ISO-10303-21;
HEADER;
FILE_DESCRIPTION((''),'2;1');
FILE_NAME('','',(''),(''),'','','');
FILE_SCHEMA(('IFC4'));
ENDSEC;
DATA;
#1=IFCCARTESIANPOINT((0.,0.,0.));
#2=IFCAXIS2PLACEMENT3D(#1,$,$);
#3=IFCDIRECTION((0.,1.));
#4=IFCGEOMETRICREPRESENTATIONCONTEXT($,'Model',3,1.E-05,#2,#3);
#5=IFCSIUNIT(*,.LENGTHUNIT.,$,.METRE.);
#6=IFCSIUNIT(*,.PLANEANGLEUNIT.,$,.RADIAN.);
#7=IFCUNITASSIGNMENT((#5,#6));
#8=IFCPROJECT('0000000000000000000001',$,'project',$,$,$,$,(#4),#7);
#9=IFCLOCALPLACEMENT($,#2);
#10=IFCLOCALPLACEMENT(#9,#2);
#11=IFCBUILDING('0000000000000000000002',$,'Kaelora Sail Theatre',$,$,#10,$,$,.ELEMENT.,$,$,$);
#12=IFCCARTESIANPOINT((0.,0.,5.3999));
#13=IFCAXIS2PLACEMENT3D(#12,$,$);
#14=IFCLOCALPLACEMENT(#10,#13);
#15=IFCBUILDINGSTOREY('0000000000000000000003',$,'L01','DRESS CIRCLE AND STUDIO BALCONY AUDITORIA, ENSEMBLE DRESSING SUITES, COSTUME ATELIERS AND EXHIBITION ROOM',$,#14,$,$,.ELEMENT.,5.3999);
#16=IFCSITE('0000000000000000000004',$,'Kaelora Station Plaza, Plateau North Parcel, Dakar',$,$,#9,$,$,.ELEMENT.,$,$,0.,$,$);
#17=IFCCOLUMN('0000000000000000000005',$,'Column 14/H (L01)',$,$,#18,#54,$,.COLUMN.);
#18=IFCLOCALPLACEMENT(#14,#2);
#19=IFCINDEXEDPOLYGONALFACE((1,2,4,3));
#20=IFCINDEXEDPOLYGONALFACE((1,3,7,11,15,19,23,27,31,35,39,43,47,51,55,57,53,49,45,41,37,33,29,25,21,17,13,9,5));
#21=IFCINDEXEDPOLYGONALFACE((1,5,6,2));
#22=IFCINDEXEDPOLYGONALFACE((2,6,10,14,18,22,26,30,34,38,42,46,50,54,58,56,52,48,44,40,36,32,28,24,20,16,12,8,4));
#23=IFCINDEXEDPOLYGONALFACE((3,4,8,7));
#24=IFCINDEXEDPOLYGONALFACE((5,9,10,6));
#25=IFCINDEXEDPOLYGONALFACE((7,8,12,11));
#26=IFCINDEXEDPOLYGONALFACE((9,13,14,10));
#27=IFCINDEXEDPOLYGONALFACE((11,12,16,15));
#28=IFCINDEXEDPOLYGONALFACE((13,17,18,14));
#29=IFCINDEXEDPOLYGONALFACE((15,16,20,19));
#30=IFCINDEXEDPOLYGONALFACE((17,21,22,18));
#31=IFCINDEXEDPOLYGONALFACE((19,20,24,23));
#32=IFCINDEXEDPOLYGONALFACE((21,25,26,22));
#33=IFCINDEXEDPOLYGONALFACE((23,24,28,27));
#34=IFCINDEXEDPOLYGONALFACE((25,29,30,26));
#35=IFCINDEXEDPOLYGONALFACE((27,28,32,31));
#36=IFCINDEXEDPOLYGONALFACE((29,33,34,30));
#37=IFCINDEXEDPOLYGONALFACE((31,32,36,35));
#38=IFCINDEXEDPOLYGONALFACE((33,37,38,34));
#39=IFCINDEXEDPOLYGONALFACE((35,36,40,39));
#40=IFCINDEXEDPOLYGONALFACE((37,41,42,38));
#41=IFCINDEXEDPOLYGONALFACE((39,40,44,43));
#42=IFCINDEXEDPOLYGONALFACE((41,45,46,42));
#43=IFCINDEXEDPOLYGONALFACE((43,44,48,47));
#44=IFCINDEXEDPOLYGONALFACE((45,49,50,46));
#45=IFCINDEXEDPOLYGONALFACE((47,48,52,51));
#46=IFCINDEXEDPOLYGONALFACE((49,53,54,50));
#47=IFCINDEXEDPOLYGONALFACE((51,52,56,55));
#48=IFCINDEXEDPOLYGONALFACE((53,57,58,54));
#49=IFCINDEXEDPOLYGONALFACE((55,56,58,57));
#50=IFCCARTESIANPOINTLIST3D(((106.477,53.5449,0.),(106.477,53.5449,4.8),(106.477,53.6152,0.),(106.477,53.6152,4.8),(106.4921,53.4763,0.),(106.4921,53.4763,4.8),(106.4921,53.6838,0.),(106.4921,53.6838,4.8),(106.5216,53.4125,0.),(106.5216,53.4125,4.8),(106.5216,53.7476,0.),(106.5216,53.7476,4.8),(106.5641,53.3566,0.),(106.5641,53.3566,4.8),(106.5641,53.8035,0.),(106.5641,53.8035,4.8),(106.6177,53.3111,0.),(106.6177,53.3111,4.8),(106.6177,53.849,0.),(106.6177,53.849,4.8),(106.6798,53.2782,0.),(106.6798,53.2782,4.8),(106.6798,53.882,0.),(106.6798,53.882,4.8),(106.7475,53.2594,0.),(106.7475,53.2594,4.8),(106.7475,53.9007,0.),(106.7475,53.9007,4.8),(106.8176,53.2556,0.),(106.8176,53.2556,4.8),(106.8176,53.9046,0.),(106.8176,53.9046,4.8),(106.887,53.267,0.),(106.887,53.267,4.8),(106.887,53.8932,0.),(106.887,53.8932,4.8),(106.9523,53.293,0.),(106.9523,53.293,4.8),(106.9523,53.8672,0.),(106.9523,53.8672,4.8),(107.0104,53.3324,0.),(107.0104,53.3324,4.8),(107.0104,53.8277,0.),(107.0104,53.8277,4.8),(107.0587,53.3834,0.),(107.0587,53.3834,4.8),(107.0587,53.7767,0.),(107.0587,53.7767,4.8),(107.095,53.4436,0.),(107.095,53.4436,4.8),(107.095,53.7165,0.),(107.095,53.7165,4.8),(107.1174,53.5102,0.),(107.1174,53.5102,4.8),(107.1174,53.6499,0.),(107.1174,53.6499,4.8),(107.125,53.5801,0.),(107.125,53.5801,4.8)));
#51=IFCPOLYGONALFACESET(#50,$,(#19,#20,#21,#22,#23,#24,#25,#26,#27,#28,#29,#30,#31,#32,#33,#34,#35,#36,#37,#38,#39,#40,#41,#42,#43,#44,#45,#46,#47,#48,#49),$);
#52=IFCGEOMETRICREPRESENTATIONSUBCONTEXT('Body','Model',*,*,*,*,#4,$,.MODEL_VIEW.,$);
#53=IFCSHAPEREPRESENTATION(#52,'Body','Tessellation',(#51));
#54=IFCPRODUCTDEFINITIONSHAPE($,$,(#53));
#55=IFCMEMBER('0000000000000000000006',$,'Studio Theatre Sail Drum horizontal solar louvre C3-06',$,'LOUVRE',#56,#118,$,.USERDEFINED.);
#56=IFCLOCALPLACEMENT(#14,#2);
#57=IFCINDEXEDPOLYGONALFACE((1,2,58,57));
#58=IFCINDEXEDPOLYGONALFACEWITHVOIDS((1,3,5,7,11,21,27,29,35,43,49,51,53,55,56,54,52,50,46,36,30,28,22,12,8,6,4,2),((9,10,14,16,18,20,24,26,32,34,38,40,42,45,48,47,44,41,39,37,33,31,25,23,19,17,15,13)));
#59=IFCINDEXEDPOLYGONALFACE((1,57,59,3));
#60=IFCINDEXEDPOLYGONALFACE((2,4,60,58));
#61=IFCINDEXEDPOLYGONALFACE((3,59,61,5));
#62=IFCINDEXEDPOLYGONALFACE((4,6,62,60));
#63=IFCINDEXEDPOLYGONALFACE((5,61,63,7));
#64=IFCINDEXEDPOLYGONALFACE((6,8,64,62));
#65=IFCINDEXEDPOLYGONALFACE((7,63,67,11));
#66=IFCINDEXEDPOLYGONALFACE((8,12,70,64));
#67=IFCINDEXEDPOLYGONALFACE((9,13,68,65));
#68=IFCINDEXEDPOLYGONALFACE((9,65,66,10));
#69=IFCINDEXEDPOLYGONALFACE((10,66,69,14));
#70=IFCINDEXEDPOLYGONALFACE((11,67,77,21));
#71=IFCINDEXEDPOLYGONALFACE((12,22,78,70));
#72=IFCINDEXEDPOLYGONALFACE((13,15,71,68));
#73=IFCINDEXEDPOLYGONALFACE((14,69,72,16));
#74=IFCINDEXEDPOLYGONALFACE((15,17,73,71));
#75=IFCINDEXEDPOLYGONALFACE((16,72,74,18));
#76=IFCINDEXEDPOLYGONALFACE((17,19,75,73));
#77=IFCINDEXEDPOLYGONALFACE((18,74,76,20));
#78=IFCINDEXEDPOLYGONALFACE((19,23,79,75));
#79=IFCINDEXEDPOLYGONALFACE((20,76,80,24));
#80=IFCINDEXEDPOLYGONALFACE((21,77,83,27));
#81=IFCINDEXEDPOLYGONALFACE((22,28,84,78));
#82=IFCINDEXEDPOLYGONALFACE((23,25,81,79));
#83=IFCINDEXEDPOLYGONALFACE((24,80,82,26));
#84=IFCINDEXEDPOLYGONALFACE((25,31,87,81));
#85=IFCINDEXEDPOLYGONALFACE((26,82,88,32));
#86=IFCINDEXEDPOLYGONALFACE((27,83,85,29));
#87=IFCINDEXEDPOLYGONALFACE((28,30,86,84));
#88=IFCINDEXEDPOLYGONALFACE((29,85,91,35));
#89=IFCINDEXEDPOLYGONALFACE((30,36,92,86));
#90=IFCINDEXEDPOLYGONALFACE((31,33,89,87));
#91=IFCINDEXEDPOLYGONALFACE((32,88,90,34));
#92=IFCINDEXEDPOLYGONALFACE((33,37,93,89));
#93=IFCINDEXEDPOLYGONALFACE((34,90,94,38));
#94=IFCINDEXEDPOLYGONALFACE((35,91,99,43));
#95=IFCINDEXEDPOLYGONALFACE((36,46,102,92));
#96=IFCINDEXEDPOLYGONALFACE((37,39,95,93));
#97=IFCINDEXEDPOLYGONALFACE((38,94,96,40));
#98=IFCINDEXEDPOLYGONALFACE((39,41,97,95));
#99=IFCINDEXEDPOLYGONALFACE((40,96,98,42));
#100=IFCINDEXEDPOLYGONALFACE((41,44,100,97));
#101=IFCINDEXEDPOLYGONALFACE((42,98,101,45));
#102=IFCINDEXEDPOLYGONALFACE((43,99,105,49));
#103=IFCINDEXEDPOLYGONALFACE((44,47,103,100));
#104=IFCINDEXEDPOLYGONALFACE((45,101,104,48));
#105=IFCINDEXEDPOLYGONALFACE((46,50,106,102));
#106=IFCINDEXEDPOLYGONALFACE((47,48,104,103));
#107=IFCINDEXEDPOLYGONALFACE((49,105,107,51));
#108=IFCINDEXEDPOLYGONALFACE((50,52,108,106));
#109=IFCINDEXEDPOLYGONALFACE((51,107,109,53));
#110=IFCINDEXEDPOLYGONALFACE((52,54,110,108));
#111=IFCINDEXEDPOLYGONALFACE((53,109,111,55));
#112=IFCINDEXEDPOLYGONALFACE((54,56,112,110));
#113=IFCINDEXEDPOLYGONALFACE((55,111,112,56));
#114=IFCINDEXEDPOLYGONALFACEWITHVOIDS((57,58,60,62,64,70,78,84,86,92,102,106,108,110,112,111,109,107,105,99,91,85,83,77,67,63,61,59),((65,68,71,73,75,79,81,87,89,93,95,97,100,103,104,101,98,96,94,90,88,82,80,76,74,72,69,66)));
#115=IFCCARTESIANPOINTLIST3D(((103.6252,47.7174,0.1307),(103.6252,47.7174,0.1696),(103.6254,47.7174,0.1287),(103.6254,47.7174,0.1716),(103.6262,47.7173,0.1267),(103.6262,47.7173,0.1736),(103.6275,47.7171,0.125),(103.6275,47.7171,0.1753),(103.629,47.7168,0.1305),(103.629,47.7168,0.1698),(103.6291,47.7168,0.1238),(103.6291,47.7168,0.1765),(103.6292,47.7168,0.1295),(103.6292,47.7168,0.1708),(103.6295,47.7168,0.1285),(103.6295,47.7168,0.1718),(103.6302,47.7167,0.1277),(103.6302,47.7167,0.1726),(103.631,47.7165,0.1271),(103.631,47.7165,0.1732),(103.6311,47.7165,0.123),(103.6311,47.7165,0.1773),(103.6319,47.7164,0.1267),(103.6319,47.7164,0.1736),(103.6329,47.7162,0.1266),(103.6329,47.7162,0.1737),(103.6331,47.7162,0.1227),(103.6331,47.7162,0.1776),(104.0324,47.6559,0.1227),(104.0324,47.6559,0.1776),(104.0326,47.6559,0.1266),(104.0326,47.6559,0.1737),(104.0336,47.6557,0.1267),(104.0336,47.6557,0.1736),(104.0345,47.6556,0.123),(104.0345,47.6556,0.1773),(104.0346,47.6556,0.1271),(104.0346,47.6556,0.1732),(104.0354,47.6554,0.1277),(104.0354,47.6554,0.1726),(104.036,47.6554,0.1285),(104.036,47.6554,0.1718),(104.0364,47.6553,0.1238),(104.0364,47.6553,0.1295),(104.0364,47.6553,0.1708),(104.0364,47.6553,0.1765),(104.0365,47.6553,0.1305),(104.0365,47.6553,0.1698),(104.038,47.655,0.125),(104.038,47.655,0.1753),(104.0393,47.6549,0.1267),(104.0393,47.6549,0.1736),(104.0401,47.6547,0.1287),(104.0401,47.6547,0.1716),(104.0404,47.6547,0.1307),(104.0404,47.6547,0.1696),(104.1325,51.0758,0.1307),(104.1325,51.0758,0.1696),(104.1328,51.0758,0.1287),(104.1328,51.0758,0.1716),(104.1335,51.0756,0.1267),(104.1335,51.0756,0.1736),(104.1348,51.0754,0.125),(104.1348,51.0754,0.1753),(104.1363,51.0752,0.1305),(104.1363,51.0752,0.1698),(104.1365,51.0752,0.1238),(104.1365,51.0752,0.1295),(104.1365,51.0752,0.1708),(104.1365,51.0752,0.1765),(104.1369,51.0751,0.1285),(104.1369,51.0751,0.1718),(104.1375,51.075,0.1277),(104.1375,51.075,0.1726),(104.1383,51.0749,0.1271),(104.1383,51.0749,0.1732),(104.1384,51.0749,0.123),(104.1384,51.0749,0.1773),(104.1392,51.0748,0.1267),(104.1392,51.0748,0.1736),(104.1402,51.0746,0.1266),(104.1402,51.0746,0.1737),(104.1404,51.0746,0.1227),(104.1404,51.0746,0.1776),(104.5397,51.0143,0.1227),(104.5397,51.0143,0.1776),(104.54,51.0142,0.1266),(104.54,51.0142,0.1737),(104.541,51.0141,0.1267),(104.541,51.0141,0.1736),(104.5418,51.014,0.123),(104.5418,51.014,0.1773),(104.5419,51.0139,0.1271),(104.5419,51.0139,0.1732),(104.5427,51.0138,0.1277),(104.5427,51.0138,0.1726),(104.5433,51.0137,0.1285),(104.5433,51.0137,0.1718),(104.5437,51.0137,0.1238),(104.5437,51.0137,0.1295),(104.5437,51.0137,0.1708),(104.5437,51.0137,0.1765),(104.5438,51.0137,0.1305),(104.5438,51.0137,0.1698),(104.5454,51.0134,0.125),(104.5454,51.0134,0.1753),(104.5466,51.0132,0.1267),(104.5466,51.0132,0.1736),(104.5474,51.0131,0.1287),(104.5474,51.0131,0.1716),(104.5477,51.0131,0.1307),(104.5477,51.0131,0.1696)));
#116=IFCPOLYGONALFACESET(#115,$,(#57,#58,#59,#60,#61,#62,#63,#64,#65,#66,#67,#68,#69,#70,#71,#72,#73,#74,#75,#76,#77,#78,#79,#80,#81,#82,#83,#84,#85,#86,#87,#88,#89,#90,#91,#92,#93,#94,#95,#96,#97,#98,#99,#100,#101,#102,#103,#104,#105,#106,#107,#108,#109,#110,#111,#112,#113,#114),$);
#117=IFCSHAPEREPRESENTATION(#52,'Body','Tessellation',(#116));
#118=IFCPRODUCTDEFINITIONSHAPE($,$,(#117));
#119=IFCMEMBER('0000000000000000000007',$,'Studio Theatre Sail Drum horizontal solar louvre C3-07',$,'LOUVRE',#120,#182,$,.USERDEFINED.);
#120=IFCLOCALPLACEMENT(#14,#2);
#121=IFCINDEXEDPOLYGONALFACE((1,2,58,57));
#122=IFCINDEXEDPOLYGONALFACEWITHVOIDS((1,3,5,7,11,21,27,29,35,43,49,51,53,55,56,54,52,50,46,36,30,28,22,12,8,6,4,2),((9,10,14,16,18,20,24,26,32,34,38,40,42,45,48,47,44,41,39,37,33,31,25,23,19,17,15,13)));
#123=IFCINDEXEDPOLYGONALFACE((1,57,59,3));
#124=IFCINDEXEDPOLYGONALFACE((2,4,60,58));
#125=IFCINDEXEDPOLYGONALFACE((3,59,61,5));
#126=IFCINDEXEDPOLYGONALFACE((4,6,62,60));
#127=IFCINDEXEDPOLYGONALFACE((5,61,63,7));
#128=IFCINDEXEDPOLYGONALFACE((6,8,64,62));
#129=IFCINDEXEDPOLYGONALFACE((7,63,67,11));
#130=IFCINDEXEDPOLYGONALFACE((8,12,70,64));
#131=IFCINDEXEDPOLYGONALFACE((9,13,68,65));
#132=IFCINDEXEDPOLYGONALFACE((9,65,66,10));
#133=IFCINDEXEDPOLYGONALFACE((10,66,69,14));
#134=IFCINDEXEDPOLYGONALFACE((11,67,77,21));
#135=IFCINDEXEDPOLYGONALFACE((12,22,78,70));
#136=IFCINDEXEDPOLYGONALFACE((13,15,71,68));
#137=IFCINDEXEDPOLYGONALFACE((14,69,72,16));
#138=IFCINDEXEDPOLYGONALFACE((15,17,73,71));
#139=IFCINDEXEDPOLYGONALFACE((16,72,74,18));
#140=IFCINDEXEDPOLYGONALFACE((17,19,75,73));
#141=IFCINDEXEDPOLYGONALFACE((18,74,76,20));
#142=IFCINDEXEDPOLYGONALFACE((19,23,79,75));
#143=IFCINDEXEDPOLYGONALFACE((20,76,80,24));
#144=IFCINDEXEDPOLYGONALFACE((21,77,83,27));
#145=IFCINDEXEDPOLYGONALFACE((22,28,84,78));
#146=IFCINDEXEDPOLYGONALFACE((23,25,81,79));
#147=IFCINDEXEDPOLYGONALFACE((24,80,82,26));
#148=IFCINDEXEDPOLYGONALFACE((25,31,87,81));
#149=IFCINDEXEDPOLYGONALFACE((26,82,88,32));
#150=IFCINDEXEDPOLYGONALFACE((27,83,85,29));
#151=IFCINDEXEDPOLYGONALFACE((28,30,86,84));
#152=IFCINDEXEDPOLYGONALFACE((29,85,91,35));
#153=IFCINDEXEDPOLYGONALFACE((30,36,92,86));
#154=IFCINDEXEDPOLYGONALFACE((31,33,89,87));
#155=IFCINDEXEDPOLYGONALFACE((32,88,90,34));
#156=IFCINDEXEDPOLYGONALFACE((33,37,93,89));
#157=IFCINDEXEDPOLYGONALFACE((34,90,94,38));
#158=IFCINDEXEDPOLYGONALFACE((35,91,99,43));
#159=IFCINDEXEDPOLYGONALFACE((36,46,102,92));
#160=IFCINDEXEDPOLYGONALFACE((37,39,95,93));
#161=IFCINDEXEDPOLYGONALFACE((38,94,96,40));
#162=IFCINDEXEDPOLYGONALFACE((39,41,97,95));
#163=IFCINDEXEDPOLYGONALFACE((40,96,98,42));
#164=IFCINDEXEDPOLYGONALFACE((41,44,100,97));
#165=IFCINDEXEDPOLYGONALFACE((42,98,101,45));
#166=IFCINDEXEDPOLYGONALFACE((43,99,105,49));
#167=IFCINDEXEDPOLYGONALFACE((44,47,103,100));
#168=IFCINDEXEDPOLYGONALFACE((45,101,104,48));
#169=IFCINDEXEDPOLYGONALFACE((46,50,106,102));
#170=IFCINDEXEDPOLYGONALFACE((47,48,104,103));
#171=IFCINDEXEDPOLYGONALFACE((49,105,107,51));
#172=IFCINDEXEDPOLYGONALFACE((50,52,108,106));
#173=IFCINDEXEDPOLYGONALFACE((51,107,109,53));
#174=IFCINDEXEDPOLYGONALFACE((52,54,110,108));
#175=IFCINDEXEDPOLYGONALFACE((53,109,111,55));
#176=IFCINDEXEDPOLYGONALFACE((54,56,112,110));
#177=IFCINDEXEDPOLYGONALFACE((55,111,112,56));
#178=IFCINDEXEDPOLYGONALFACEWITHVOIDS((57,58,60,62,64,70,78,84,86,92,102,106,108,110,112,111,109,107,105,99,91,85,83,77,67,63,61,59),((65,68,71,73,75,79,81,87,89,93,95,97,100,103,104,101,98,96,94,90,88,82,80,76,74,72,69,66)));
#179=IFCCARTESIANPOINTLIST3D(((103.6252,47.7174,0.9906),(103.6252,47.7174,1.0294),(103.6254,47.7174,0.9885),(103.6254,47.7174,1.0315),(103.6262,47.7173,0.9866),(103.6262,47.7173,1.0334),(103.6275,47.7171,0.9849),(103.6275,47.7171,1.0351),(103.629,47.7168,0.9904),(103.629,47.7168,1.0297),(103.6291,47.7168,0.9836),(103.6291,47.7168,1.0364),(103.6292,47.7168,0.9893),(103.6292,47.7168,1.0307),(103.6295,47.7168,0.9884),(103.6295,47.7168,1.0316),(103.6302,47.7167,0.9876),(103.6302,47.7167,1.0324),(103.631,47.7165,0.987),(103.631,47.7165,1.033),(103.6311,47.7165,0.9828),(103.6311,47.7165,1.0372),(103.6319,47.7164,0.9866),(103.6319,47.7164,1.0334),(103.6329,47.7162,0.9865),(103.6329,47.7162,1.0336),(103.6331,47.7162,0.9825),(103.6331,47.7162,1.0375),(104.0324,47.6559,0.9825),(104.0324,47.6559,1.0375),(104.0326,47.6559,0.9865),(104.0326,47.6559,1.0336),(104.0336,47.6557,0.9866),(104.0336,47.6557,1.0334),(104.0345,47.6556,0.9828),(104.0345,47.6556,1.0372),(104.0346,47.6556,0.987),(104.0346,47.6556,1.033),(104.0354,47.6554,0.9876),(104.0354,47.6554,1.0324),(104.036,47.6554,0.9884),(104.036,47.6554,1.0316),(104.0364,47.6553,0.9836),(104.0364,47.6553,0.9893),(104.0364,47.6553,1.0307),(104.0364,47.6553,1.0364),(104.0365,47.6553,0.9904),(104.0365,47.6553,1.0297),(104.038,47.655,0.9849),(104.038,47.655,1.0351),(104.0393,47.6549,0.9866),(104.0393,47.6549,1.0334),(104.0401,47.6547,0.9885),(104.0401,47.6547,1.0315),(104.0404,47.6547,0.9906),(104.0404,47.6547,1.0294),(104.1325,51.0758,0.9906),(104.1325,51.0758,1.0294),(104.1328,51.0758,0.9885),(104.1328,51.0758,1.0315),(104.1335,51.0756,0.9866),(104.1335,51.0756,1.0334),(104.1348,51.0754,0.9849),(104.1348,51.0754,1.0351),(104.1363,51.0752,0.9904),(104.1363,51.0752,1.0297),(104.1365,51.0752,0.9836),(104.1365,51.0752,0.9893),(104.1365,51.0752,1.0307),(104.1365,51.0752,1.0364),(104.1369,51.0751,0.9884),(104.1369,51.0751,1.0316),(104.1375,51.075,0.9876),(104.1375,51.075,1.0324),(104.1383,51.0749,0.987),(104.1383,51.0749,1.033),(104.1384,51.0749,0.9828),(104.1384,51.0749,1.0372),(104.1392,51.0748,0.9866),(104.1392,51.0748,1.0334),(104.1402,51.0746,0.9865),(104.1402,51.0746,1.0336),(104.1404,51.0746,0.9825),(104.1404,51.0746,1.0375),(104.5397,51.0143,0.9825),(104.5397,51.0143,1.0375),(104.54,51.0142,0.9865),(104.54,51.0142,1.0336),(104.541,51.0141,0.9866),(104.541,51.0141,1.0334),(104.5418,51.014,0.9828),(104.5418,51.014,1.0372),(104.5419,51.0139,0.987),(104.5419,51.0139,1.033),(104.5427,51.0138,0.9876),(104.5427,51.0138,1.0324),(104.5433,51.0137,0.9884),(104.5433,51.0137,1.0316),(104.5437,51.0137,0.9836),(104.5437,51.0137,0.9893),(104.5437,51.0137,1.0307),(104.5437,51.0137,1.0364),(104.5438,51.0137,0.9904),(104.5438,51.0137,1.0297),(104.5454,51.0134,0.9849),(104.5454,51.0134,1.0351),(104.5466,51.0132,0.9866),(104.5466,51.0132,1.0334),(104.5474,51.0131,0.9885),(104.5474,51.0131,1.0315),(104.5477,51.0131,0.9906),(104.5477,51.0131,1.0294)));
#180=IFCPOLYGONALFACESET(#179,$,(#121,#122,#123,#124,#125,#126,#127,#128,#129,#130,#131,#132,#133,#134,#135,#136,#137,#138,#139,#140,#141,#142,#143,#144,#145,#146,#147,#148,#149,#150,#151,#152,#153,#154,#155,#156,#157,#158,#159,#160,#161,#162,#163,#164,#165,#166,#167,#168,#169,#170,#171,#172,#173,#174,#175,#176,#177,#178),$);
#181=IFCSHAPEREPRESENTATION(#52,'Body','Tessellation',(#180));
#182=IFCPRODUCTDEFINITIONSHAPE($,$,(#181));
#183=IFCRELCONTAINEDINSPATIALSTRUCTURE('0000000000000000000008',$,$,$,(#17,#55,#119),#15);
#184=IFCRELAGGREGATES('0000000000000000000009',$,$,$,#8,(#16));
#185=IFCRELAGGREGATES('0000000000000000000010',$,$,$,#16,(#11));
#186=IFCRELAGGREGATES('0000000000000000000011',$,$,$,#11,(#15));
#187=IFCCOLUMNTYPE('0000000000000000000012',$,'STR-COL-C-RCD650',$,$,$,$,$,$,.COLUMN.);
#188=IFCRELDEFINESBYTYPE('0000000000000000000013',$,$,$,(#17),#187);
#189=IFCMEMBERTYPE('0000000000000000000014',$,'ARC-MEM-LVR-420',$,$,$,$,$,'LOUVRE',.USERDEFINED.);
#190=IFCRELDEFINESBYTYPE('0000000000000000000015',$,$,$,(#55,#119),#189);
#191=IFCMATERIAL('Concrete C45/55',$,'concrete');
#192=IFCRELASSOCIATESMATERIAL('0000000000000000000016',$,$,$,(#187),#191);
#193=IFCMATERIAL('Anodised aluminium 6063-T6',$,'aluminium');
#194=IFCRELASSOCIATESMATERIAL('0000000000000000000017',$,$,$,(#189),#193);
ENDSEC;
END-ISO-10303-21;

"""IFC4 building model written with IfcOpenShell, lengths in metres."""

from ifc_helpers import new_model, si_unit, direction, frame, origin, origin_2d, place, context, subcontext, project, spatial, hollow_rectangle, circle, extrude, material, material_profile, profile_set, type_object, element, save


model = new_model("IFC4")

# Units and contexts
model_context = context("Model", 3, precision=1e-05, world=origin(), true_north=direction((0.0, 1.0)))
body_context = subcontext(model_context, "Body", "Model", "MODEL_VIEW")
ifc_project = project(units=[si_unit("LENGTHUNIT", "METRE"), si_unit("PLANEANGLEUNIT", "RADIAN")], contexts=[model_context])

# Site, building, storey
site_placement = place(None, origin())
site = spatial("IfcSite", under=ifc_project, at=site_placement, Name="Kaelora Station Plaza, Plateau North Parcel, Dakar", CompositionType="ELEMENT", RefElevation=0.0)
building_placement = place(site_placement, origin())
building = spatial("IfcBuilding", under=site, at=building_placement, Name="Kaelora Sail Theatre", CompositionType="ELEMENT")
storey_placement = place(building_placement, frame((0.0, 0.0, 5.3999)))
storey = spatial("IfcBuildingStorey", under=building, at=storey_placement, Name="L01", Description="DRESS CIRCLE AND STUDIO BALCONY AUDITORIA, ENSEMBLE DRESSING SUITES, COSTUME ATELIERS AND EXHIBITION ROOM", CompositionType="ELEMENT", Elevation=5.3999)

# Column
ifc_material_1 = material(Name="Concrete C45/55", Category="concrete")
ifc_material_profile_1 = material_profile(ifc_material_1, circle(Radius=0.325, at=origin_2d()), Name="RC-CCOL D650")
ifc_profile_set_1 = profile_set([ifc_material_profile_1], Name="Concrete C45/55")
column_type = type_object("IfcColumnType", Name="STR-COL-C-RCD650", PredefinedType="COLUMN", material=ifc_profile_set_1)
column_placement = place(storey_placement, frame((106.8, 53.5801, 0.0), z_axis=(0.0, 0.0, 1.0), x_axis=(1.0, 0.0, 0.0)))
element("IfcColumn", 1, at=column_placement, inside=storey, type_object=column_type, Name="Column 14/H (L01)", PredefinedType="COLUMN", context=body_context, shape_type="SweptSolid", body=[
    extrude(circle(Radius=0.325, at=origin_2d()), origin(), (0.0, 0.0, 1.0), 4.8),
])

# Members
ifc_material_2 = material(Name="Anodised aluminium 6063-T6", Category="aluminium")
ifc_material_profile_2 = material_profile(ifc_material_2, hollow_rectangle(XDim=0.4199, YDim=0.0549, WallThickness=0.0039, InnerFilletRadius=0.0039, OuterFilletRadius=0.0081, at=origin_2d()), Name="LOUVRE 420x55x4")
ifc_profile_set_2 = profile_set([ifc_material_profile_2], Name="Anodised aluminium 6063-T6")
member_type_1 = type_object("IfcMemberType", Name="ARC-MEM-LVR-420", ElementType="LOUVRE", PredefinedType="USERDEFINED", material=ifc_profile_set_2)
for number, where, z_axis, x_axis, name in (
    (2, (104.3401, 51.0444, 0.1501), (-0.149367, -0.988782, 0.0), (0.988782, -0.149367, 0.0), "Studio Theatre Sail Drum horizontal solar louvre C3-06"),
    (3, (104.3401, 51.0444, 1.01), (-0.149367, -0.988782, 0.0), (0.988782, -0.149367, 0.0), "Studio Theatre Sail Drum horizontal solar louvre C3-07"),
):
    element("IfcMember", number, at=place(storey_placement, frame(where, z_axis=z_axis, x_axis=x_axis)), inside=storey, type_object=member_type_1, Name=name, ObjectType="LOUVRE", PredefinedType="USERDEFINED", context=body_context, shape_type="SweptSolid", body=[
        extrude(hollow_rectangle(XDim=0.4199, YDim=0.0549, WallThickness=0.0039, InnerFilletRadius=0.0039, OuterFilletRadius=0.0081, at=origin_2d()), origin(), (0.0, 0.0, 1.0), 3.3965),
    ])

save(model, "model.ifc")
